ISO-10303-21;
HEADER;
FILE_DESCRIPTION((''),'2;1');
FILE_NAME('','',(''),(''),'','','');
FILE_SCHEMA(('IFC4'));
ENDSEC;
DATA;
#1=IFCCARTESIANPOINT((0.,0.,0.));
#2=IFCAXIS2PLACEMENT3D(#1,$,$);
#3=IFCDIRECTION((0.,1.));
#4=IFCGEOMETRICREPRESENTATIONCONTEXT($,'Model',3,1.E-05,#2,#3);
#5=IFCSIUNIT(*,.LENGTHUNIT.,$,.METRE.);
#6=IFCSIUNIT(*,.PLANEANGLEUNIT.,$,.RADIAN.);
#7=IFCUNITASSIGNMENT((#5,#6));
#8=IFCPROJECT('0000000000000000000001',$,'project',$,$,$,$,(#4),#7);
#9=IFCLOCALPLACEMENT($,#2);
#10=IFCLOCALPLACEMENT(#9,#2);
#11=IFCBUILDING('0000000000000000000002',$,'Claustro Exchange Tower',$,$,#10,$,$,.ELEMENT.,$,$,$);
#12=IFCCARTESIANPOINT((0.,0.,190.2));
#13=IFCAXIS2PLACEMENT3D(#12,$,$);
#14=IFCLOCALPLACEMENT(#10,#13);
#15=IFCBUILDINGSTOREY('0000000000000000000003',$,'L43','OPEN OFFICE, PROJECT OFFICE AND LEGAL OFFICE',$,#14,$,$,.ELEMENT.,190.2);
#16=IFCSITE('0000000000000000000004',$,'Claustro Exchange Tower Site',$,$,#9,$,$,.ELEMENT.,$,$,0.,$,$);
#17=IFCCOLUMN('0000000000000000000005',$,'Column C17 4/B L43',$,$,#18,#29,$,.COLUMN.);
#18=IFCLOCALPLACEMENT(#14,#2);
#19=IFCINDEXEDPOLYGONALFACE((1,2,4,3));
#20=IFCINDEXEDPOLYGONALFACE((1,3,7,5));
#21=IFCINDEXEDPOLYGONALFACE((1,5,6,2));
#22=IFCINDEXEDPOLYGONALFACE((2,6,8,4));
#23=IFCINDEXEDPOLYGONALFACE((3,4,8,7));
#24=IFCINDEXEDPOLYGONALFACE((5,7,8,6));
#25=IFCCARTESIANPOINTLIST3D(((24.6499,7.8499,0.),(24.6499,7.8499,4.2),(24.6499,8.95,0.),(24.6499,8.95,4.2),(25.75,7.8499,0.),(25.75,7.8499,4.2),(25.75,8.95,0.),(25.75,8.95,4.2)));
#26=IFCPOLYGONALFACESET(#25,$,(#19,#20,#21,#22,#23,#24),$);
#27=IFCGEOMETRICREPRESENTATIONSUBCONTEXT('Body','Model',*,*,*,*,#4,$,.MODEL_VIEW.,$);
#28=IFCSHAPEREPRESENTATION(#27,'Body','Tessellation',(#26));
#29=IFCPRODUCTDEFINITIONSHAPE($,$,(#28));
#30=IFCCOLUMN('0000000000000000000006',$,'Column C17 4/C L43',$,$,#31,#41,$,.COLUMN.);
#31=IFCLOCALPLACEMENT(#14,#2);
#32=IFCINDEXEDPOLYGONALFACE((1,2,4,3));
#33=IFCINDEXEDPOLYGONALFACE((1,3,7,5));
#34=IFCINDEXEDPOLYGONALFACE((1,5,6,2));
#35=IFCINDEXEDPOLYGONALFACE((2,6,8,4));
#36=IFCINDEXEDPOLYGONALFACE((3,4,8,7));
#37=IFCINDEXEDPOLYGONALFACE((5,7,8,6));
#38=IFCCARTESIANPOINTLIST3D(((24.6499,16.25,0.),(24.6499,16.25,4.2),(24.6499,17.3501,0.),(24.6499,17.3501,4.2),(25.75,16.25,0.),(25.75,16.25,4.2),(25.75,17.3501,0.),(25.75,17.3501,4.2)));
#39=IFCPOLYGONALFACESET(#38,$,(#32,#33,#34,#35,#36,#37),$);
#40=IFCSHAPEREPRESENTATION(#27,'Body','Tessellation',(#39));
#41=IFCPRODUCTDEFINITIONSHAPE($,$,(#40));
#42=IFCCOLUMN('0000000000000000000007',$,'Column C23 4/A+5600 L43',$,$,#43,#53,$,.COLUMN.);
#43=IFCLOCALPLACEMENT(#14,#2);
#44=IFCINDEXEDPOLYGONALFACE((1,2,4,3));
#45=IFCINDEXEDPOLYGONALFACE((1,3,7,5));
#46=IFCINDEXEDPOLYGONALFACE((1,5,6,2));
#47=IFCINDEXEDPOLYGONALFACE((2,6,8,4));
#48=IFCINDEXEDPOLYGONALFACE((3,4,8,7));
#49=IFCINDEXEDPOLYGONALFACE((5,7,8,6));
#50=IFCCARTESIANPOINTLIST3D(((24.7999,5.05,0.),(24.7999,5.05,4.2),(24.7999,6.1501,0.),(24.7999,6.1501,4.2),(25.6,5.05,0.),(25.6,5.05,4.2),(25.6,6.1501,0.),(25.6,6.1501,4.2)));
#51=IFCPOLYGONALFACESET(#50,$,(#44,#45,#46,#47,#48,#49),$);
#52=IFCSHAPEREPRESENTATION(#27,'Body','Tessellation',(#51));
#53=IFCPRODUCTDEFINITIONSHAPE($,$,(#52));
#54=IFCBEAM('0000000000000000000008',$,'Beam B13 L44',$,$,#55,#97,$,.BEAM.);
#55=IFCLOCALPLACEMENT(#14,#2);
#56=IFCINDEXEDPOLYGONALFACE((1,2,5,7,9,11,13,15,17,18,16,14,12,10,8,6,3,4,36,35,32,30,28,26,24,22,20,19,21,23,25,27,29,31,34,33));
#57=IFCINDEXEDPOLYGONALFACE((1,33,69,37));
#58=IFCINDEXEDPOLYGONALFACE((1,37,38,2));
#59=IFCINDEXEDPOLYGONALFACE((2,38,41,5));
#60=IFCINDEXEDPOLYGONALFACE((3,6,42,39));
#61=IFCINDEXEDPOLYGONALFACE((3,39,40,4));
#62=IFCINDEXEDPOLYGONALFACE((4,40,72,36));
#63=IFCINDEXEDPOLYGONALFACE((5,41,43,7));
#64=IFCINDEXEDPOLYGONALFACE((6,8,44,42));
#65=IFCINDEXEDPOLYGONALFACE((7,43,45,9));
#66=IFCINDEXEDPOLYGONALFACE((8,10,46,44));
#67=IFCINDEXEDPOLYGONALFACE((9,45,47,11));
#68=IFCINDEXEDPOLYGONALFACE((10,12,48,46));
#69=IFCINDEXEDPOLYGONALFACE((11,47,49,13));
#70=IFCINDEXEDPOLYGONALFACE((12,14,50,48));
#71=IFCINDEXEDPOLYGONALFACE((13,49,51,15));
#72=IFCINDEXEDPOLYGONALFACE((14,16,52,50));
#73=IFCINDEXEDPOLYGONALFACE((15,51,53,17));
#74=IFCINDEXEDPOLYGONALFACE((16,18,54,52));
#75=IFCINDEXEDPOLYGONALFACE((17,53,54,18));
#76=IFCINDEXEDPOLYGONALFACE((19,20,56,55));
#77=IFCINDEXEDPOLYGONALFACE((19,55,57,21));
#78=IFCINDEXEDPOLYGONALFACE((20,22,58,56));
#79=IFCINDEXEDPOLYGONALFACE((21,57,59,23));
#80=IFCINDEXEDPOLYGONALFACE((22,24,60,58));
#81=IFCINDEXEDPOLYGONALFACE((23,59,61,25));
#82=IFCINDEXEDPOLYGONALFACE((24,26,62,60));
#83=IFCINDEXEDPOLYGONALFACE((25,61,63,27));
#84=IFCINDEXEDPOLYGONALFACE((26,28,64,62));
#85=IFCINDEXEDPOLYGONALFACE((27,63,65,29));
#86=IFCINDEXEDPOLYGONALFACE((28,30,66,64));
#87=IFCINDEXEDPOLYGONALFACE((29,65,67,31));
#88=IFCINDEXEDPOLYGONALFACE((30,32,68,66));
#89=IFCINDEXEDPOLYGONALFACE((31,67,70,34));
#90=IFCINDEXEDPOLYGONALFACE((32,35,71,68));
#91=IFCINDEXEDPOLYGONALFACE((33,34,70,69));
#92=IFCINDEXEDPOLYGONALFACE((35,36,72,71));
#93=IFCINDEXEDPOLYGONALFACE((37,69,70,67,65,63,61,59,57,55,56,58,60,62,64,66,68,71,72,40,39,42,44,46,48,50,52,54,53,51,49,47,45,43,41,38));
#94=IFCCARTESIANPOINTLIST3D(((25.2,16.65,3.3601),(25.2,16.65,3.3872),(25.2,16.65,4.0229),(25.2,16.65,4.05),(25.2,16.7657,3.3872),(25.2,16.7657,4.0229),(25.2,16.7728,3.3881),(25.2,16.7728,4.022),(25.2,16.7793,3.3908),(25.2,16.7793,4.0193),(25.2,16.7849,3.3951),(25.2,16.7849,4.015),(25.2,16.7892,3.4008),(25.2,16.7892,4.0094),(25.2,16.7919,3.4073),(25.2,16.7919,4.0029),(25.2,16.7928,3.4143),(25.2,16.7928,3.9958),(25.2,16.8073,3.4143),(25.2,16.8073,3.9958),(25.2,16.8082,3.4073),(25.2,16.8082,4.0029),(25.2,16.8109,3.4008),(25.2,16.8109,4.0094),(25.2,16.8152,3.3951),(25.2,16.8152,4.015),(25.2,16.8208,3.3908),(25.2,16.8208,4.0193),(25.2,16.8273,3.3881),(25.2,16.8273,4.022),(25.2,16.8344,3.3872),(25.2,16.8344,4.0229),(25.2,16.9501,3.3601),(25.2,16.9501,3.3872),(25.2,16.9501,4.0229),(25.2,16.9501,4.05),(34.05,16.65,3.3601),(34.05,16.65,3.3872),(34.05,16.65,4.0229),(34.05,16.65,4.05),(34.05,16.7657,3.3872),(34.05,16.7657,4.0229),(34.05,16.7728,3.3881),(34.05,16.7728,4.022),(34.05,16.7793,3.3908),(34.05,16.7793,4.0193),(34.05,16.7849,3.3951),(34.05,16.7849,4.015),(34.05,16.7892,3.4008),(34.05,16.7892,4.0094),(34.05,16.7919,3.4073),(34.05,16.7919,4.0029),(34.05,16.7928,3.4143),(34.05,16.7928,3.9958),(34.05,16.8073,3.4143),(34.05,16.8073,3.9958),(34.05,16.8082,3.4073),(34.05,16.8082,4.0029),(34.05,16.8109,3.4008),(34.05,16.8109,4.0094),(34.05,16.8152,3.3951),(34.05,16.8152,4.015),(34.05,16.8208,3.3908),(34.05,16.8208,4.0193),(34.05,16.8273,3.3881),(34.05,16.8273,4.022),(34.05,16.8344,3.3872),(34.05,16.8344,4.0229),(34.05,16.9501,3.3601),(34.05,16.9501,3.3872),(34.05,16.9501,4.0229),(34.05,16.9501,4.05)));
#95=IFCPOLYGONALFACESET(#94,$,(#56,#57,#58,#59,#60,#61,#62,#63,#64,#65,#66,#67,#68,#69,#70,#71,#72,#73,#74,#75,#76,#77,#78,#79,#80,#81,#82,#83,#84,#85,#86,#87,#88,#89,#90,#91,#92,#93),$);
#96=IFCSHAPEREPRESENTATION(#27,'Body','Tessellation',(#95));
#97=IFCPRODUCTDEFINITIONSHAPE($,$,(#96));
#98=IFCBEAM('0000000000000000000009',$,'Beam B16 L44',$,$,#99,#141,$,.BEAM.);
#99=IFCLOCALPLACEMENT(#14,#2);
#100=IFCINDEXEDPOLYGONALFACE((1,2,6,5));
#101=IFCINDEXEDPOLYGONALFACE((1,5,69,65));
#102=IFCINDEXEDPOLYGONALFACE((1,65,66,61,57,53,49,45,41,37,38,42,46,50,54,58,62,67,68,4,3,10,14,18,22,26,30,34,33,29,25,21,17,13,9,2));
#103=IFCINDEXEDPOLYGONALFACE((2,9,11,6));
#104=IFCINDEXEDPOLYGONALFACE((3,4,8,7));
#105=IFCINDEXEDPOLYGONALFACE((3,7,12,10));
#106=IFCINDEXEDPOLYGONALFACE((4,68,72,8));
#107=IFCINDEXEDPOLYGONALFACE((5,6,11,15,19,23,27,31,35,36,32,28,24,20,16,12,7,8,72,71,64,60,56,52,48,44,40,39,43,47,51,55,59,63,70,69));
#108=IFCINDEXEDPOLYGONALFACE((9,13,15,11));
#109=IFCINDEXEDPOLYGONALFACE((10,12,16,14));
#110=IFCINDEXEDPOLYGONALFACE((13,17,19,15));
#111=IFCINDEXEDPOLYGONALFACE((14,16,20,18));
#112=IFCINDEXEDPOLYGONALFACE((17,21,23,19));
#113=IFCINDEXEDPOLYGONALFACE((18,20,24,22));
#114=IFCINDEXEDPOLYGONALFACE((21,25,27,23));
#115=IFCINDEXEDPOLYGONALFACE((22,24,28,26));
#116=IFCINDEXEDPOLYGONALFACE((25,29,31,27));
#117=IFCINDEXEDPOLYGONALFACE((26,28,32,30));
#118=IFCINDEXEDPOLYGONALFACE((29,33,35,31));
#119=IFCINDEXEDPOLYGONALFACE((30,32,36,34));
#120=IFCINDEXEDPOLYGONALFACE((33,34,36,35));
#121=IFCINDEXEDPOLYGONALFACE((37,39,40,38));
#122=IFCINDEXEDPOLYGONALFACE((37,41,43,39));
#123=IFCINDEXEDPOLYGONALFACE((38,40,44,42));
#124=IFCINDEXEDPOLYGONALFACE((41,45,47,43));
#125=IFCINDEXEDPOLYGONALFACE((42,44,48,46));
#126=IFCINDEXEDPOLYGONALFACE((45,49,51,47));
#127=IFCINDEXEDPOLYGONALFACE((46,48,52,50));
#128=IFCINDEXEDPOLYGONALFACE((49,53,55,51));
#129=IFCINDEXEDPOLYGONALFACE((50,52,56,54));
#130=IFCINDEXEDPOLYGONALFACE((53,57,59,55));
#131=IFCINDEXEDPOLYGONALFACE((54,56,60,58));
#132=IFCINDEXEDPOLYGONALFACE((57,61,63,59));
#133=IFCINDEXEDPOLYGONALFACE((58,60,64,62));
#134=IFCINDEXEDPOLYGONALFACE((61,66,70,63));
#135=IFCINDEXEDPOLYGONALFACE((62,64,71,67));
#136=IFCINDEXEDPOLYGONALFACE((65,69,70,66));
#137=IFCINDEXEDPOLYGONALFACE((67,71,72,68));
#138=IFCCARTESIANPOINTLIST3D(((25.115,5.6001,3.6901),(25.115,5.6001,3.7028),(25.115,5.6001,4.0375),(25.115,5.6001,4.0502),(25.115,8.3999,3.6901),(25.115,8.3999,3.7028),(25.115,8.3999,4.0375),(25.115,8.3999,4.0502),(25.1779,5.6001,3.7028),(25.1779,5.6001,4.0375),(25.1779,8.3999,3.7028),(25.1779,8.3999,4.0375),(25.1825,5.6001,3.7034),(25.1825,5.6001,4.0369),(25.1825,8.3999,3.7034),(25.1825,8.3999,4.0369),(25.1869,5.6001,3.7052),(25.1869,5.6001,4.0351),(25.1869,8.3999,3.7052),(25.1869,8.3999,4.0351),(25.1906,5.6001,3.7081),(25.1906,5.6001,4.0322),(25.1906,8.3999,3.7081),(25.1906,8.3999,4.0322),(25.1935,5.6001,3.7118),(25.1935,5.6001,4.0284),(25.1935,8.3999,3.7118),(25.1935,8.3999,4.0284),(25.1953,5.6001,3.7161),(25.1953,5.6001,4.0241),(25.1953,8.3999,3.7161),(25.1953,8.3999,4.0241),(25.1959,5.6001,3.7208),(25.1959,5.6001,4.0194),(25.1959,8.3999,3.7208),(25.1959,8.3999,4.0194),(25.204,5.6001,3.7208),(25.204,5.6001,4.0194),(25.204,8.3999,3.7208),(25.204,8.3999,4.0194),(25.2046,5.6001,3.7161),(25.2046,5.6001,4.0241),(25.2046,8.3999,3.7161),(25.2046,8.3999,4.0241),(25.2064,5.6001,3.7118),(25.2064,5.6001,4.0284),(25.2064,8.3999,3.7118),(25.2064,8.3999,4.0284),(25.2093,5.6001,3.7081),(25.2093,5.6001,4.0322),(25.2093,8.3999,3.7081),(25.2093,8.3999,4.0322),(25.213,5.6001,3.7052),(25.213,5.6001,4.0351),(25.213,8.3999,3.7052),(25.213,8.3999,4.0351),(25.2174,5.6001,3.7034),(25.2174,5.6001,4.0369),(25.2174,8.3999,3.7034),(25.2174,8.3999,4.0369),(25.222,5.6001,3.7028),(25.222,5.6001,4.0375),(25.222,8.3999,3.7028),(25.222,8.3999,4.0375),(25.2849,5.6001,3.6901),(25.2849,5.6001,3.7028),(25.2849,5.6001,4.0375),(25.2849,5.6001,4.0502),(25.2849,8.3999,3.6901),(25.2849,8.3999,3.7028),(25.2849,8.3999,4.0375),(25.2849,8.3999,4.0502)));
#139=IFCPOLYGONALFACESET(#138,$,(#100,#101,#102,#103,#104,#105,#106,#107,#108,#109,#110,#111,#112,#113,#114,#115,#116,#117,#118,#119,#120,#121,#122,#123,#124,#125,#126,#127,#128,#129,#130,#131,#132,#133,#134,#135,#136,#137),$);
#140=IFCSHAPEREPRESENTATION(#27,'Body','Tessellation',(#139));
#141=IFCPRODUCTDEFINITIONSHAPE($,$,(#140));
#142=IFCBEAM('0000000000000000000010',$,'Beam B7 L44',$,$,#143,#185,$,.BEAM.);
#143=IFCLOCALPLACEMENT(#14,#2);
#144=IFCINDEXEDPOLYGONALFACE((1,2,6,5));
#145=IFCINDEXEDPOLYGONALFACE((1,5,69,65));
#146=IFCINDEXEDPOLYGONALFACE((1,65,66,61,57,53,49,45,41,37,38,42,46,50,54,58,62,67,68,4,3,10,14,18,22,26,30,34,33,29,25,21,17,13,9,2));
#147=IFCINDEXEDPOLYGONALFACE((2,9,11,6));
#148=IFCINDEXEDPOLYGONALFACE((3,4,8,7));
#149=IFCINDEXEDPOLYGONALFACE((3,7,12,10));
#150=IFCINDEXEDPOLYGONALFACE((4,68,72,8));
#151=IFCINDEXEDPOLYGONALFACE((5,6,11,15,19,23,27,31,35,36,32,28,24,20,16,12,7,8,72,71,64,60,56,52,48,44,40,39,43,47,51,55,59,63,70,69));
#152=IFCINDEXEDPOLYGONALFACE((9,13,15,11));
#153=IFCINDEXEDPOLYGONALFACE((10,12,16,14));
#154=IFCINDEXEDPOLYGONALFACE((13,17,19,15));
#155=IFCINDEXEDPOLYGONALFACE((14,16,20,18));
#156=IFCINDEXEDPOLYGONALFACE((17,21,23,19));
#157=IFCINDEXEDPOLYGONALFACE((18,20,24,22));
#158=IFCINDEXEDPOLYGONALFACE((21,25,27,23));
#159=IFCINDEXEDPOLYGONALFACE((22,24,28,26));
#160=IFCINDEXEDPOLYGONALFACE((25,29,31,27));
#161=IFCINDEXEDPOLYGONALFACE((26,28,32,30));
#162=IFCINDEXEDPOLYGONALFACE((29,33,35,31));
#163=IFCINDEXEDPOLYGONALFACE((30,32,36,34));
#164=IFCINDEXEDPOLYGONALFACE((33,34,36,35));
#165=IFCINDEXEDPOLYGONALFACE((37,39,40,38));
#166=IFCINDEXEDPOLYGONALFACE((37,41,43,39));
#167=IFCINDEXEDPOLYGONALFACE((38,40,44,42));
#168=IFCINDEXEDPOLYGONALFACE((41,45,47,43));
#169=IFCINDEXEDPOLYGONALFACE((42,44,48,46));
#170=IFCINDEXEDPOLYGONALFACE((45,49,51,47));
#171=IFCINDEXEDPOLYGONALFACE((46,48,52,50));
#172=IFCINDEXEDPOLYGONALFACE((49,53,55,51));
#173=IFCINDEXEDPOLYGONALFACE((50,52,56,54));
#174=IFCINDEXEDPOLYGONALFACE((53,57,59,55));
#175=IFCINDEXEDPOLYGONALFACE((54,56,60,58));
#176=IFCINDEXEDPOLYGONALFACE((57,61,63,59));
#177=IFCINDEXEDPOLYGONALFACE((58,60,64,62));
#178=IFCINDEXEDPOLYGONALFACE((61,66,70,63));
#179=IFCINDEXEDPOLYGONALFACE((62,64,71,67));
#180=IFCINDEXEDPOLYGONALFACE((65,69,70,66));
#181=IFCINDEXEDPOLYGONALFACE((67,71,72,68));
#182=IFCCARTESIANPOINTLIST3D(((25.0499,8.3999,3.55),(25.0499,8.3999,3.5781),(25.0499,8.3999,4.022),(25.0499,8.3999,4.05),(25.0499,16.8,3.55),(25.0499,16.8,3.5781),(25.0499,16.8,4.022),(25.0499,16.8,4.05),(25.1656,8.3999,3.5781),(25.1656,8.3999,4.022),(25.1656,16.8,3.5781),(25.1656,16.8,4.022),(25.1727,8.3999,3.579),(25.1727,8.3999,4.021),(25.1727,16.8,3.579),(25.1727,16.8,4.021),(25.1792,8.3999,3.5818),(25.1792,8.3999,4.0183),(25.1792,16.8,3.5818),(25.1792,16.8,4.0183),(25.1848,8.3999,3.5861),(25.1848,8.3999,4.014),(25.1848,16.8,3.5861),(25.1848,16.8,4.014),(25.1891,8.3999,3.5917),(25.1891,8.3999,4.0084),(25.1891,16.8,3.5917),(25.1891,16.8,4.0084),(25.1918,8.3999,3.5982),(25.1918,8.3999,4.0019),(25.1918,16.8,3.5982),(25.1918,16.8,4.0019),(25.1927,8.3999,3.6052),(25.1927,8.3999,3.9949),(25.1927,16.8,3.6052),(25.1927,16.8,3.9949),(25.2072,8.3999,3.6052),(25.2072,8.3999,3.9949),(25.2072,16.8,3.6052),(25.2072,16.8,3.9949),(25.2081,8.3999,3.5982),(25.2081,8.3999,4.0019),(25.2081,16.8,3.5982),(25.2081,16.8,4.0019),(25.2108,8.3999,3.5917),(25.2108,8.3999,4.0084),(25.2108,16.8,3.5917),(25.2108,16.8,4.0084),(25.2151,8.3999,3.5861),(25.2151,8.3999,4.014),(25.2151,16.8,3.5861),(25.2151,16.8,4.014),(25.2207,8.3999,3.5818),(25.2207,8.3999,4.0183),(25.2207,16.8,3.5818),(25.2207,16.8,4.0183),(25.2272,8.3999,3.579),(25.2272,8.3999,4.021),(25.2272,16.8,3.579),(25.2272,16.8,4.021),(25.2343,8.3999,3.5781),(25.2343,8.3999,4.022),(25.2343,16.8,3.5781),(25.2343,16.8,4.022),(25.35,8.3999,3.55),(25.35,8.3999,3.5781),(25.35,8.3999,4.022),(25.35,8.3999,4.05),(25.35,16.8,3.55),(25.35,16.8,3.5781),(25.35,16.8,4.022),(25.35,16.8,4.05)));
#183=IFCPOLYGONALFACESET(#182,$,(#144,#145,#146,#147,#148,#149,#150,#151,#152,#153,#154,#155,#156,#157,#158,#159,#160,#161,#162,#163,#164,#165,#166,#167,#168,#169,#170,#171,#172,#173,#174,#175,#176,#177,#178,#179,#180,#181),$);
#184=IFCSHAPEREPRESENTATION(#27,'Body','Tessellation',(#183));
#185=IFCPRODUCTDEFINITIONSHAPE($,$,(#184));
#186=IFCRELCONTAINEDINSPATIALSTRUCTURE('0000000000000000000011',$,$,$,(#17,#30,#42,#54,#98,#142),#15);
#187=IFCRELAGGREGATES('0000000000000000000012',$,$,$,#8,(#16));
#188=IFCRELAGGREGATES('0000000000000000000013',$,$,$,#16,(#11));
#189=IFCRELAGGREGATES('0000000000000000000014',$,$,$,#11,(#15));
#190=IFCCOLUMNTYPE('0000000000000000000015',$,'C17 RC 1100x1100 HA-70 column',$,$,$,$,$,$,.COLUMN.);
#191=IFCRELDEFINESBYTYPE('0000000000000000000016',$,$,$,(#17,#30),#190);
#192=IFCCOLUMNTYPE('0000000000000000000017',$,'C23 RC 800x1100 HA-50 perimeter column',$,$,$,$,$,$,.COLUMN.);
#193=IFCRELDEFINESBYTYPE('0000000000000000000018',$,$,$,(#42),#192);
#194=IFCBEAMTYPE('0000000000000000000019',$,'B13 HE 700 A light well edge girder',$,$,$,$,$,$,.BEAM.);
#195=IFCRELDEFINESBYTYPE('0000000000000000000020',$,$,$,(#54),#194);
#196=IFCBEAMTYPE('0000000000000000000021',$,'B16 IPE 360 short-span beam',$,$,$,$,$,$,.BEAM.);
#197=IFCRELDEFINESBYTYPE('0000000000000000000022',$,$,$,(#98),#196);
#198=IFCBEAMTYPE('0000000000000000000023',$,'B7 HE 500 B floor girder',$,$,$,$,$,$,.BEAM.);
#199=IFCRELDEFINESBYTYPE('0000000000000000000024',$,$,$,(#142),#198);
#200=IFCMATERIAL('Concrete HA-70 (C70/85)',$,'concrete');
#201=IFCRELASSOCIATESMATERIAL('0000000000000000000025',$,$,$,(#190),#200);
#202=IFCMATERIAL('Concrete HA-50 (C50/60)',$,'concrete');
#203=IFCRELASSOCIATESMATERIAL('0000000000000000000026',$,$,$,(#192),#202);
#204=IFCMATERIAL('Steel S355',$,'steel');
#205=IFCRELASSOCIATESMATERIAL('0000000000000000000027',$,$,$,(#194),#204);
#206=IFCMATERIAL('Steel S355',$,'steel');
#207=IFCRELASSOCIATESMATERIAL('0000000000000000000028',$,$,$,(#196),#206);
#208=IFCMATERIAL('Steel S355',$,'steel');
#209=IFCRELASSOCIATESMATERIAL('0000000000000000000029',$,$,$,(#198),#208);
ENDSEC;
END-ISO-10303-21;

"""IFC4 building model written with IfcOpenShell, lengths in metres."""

from ifc_helpers import new_model, si_unit, direction, frame, origin, origin_2d, place, context, subcontext, project, spatial, rectangle, i_section, extrude, material, material_profile, profile_set, type_object, element, save


model = new_model("IFC4")

# Units and contexts
model_context = context("Model", 3, precision=1e-05, world=origin(), true_north=direction((0.0, 1.0)))
body_context = subcontext(model_context, "Body", "Model", "MODEL_VIEW")
ifc_project = project(units=[si_unit("LENGTHUNIT", "METRE"), si_unit("PLANEANGLEUNIT", "RADIAN")], contexts=[model_context])

# Site, building, storey
site_placement = place(None, origin())
site = spatial("IfcSite", under=ifc_project, at=site_placement, Name="Claustro Exchange Tower Site", CompositionType="ELEMENT", RefElevation=0.0)
building_placement = place(site_placement, origin())
building = spatial("IfcBuilding", under=site, at=building_placement, Name="Claustro Exchange Tower", CompositionType="ELEMENT")
storey_placement = place(building_placement, frame((0.0, 0.0, 190.2)))
storey = spatial("IfcBuildingStorey", under=building, at=storey_placement, Name="L43", Description="OPEN OFFICE, PROJECT OFFICE AND LEGAL OFFICE", CompositionType="ELEMENT", Elevation=190.2)

# Columns
ifc_material_1 = material(Name="Concrete HA-70 (C70/85)", Category="concrete")
ifc_material_profile_1 = material_profile(ifc_material_1, rectangle(XDim=1.1001, YDim=1.1001, at=origin_2d()), Name="RC 1100x1100")
ifc_profile_set_1 = profile_set([ifc_material_profile_1], Name="Concrete HA-70 (C70/85)")
column_type_1 = type_object("IfcColumnType", Name="C17 RC 1100x1100 HA-70 column", PredefinedType="COLUMN", material=ifc_profile_set_1)
for number, where, z_axis, x_axis, name in (
    (1, (25.2, 8.3999, 0.0), (0.0, 0.0, 1.0), (1.0, 0.0, 0.0), "Column C17 4/B L43"),
    (2, (25.2, 16.8, 0.0), (0.0, 0.0, 1.0), (1.0, 0.0, 0.0), "Column C17 4/C L43"),
):
    element("IfcColumn", number, at=place(storey_placement, frame(where, z_axis=z_axis, x_axis=x_axis)), inside=storey, type_object=column_type_1, Name=name, PredefinedType="COLUMN", context=body_context, shape_type="SweptSolid", body=[
        extrude(rectangle(XDim=1.1001, YDim=1.1001, at=origin_2d()), origin(), (0.0, 0.0, 1.0), 4.2),
    ])
ifc_material_2 = material(Name="Concrete HA-50 (C50/60)", Category="concrete")
ifc_material_profile_2 = material_profile(ifc_material_2, rectangle(XDim=0.8, YDim=1.1001, at=origin_2d()), Name="RC 800x1100")
ifc_profile_set_2 = profile_set([ifc_material_profile_2], Name="Concrete HA-50 (C50/60)")
column_type_2 = type_object("IfcColumnType", Name="C23 RC 800x1100 HA-50 perimeter column", PredefinedType="COLUMN", material=ifc_profile_set_2)
column_placement = place(storey_placement, frame((25.2, 5.6001, 0.0), z_axis=(0.0, 0.0, 1.0), x_axis=(1.0, 0.0, 0.0)))
element("IfcColumn", 3, at=column_placement, inside=storey, type_object=column_type_2, Name="Column C23 4/A+5600 L43", PredefinedType="COLUMN", context=body_context, shape_type="SweptSolid", body=[
    extrude(rectangle(XDim=0.8, YDim=1.1001, at=origin_2d()), origin(), (0.0, 0.0, 1.0), 4.2),
])

# Beams
ifc_material_3 = material(Name="Steel S355", Category="steel")
ifc_material_profile_3 = material_profile(ifc_material_3, i_section(OverallWidth=0.3, OverallDepth=0.6899, WebThickness=0.0144, FlangeThickness=0.0271, FilletRadius=0.0271, at=origin_2d()), Name="HE 700 A")
ifc_profile_set_3 = profile_set([ifc_material_profile_3], Name="Steel S355")
beam_type_1 = type_object("IfcBeamType", Name="B13 HE 700 A light well edge girder", PredefinedType="BEAM", material=ifc_profile_set_3)
beam_1_placement = place(storey_placement, frame((25.2, 16.8, 3.7051), z_axis=(1.0, 0.0, 0.0), x_axis=(0.0, 1.0, 0.0)))
element("IfcBeam", 4, at=beam_1_placement, inside=storey, type_object=beam_type_1, Name="Beam B13 L44", PredefinedType="BEAM", context=body_context, shape_type="SweptSolid", body=[
    extrude(i_section(OverallWidth=0.3, OverallDepth=0.6899, WebThickness=0.0144, FlangeThickness=0.0271, FilletRadius=0.0271, at=origin_2d()), origin(), (0.0, 0.0, 1.0), 8.8501),
])
ifc_material_4 = material(Name="Steel S355", Category="steel")
ifc_material_profile_4 = material_profile(ifc_material_4, i_section(OverallWidth=0.1699, OverallDepth=0.3601, WebThickness=0.0081, FlangeThickness=0.0127, FilletRadius=0.0181, at=origin_2d()), Name="IPE 360")
ifc_profile_set_4 = profile_set([ifc_material_profile_4], Name="Steel S355")
beam_type_2 = type_object("IfcBeamType", Name="B16 IPE 360 short-span beam", PredefinedType="BEAM", material=ifc_profile_set_4)
beam_2_placement = place(storey_placement, frame((25.2, 5.6001, 3.8701), z_axis=(0.0, 1.0, 0.0), x_axis=(-1.0, 0.0, 0.0)))
element("IfcBeam", 5, at=beam_2_placement, inside=storey, type_object=beam_type_2, Name="Beam B16 L44", PredefinedType="BEAM", context=body_context, shape_type="SweptSolid", body=[
    extrude(i_section(OverallWidth=0.1699, OverallDepth=0.3601, WebThickness=0.0081, FlangeThickness=0.0127, FilletRadius=0.0181, at=origin_2d()), origin(), (0.0, 0.0, 1.0), 2.7998),
])
ifc_material_5 = material(Name="Steel S355", Category="steel")
ifc_material_profile_5 = material_profile(ifc_material_5, i_section(OverallWidth=0.3, OverallDepth=0.5, WebThickness=0.0144, FlangeThickness=0.0281, FilletRadius=0.0271, at=origin_2d()), Name="HE 500 B")
ifc_profile_set_5 = profile_set([ifc_material_profile_5], Name="Steel S355")
beam_type_3 = type_object("IfcBeamType", Name="B7 HE 500 B floor girder", PredefinedType="BEAM", material=ifc_profile_set_5)
for number, where, z_axis, x_axis, name in (
    (6, (25.2, 8.3999, 3.8), (0.0, 1.0, 0.0), (-1.0, 0.0, 0.0), "Beam B7 L44"),
):
    element("IfcBeam", number, at=place(storey_placement, frame(where, z_axis=z_axis, x_axis=x_axis)), inside=storey, type_object=beam_type_3, Name=name, PredefinedType="BEAM", context=body_context, shape_type="SweptSolid", body=[
        extrude(i_section(OverallWidth=0.3, OverallDepth=0.5, WebThickness=0.0144, FlangeThickness=0.0281, FilletRadius=0.0271, at=origin_2d()), origin(), (0.0, 0.0, 1.0), 8.4001),
    ])

save(model, "model.ifc")
